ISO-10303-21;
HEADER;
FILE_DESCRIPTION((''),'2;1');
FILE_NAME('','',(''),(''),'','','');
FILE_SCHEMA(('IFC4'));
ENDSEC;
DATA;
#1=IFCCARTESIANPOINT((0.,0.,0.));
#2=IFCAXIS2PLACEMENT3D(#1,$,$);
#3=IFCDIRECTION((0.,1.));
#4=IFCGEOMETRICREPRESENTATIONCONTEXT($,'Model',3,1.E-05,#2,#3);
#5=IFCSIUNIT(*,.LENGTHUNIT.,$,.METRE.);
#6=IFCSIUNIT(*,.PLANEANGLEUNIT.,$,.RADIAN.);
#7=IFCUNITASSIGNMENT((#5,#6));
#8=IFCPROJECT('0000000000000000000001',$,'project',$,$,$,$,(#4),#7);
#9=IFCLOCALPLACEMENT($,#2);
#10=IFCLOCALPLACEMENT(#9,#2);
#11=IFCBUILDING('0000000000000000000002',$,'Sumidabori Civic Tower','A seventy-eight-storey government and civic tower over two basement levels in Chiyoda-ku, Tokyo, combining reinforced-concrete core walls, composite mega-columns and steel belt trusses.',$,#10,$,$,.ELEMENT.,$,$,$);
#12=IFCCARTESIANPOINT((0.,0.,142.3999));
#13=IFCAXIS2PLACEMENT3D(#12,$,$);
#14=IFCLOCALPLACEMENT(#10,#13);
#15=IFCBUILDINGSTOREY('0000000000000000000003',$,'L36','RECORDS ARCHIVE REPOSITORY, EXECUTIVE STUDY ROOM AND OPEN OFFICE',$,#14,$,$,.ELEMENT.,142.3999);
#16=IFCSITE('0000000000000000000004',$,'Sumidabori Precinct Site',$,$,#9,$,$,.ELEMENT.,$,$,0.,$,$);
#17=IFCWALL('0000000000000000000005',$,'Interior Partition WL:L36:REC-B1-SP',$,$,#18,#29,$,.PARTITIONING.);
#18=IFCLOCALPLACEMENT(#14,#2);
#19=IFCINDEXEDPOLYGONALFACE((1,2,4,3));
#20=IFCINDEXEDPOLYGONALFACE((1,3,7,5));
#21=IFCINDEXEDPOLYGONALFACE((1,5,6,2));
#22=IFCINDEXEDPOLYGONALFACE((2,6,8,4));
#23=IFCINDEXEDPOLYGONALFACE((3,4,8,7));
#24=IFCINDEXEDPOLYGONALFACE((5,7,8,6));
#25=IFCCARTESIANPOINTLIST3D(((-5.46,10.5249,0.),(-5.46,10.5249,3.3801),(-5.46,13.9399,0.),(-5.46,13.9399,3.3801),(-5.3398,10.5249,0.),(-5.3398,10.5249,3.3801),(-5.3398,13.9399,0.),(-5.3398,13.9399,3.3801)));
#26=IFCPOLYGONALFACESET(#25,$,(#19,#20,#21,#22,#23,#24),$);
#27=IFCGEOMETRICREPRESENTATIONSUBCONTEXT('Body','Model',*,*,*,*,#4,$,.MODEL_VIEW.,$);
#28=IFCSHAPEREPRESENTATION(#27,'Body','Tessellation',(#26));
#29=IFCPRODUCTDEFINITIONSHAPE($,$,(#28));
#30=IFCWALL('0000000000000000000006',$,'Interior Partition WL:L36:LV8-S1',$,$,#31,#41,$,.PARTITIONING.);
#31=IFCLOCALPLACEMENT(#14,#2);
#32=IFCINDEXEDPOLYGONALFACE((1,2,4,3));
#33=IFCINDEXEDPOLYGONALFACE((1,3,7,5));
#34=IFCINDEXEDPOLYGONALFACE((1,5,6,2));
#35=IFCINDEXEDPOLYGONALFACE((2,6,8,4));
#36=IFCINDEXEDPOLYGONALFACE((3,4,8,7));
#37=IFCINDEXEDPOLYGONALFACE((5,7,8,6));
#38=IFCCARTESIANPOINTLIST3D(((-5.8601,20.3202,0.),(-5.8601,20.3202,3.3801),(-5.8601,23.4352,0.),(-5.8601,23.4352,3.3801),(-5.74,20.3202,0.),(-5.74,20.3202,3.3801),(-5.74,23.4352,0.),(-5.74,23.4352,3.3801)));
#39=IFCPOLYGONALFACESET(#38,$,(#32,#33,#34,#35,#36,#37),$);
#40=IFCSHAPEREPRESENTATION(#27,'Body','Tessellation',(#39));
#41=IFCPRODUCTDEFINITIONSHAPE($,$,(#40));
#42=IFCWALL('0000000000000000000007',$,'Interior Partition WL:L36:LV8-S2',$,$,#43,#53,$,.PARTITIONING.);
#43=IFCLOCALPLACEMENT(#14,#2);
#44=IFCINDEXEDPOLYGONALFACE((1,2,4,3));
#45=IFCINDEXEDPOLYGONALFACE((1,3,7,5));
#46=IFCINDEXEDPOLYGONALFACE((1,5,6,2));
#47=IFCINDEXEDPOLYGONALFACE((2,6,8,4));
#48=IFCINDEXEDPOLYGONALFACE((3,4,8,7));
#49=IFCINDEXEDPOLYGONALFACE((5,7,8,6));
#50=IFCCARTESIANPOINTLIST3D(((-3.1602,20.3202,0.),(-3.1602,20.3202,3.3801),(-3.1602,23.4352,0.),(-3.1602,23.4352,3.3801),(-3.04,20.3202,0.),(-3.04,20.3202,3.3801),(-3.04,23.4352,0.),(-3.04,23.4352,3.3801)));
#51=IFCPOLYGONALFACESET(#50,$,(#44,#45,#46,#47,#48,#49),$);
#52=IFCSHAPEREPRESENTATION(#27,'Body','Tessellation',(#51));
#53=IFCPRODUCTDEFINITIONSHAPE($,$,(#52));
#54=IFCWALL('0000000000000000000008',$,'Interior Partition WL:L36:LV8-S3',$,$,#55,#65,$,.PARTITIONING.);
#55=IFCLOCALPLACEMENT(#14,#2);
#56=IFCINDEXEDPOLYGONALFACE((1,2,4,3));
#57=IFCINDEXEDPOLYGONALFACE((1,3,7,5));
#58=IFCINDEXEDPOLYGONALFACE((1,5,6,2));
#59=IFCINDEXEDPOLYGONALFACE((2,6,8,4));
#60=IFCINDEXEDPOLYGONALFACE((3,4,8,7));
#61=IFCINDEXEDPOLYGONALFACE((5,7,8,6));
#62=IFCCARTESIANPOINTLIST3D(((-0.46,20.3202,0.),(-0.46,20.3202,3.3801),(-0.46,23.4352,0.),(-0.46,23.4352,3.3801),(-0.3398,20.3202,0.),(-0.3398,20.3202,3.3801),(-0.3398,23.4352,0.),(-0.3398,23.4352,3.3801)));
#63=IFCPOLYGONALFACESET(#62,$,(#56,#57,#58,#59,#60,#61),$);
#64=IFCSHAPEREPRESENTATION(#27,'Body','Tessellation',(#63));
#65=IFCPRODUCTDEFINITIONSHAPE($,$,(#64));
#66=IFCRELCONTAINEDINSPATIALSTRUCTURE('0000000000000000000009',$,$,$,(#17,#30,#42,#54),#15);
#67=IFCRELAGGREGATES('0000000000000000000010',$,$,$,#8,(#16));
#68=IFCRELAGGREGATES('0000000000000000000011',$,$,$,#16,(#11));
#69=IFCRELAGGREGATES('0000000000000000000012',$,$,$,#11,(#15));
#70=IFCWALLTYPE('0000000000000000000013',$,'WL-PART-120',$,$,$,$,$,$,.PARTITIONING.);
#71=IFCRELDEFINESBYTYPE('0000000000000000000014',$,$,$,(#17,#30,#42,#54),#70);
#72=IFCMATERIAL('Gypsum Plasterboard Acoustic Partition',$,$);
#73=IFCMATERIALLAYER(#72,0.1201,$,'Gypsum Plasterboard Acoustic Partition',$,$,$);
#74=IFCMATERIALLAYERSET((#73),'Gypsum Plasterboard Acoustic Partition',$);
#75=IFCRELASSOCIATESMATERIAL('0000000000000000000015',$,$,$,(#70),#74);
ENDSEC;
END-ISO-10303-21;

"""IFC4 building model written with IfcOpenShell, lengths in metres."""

from ifc_helpers import new_model, si_unit, direction, frame, frame_2d, origin, place, context, subcontext, project, spatial, rectangle, extrude, source, transform, mapped, material, layer, layer_set, type_object, element, save


model = new_model("IFC4")

# Units and contexts
model_context = context("Model", 3, precision=1e-05, world=origin(), true_north=direction((0.0, 1.0)))
body_context = subcontext(model_context, "Body", "Model", "MODEL_VIEW")
ifc_project = project(units=[si_unit("LENGTHUNIT", "METRE"), si_unit("PLANEANGLEUNIT", "RADIAN")], contexts=[model_context])

# Site, building, storey
site_placement = place(None, origin())
site = spatial("IfcSite", under=ifc_project, at=site_placement, Name="Sumidabori Precinct Site", CompositionType="ELEMENT", RefElevation=0.0)
building_placement = place(site_placement, origin())
building = spatial("IfcBuilding", under=site, at=building_placement, Name="Sumidabori Civic Tower", Description="A seventy-eight-storey government and civic tower over two basement levels in Chiyoda-ku, Tokyo, combining reinforced-concrete core walls, composite mega-columns and steel belt trusses.", CompositionType="ELEMENT")
storey_placement = place(building_placement, frame((0.0, 0.0, 142.3999)))
storey = spatial("IfcBuildingStorey", under=building, at=storey_placement, Name="L36", Description="RECORDS ARCHIVE REPOSITORY, EXECUTIVE STUDY ROOM AND OPEN OFFICE", CompositionType="ELEMENT", Elevation=142.3999)

# Shared definitions
ifc_material_1 = material(Name="Gypsum Plasterboard Acoustic Partition")

# Walls
ifc_layer_1 = layer(ifc_material_1, 0.1201, Name="Gypsum Plasterboard Acoustic Partition")
ifc_layer_set_1 = layer_set([ifc_layer_1], Name="Gypsum Plasterboard Acoustic Partition")
wall_type_1 = type_object("IfcWallType", Name="WL-PART-120", PredefinedType="PARTITIONING", material=ifc_layer_set_1)
shared_shape_1 = source(origin(), body_context, "Body", "SweptSolid", [
    extrude(rectangle(XDim=3.415, YDim=0.1201, at=frame_2d((1.7075, 0.0))), origin(), (0.0, 0.0, 1.0), 3.3801),
])
wall_1_placement = place(storey_placement, frame((-5.3999, 10.5249, 0.0), z_axis=(0.0, 0.0, 1.0), x_axis=(0.0, 1.0, 0.0)))
element("IfcWall", 1, at=wall_1_placement, inside=storey, type_object=wall_type_1, Name="Interior Partition WL:L36:REC-B1-SP", PredefinedType="PARTITIONING", context=body_context, shape_type="MappedRepresentation", body=[
    mapped(shared_shape_1, transform((0.0, 0.0, 0.0), x_axis=(1.0, 0.0, 0.0), y_axis=(0.0, 1.0, 0.0), z_axis=(0.0, 0.0, 1.0), scale=1.0)),
])
shared_shape_2 = source(origin(), body_context, "Body", "SweptSolid", [
    extrude(rectangle(XDim=3.115, YDim=0.1201, at=frame_2d((1.5576, 0.0))), origin(), (0.0, 0.0, 1.0), 3.3801),
])
for number, where, z_axis, x_axis, name in (
    (2, (-5.8, 20.3201, 0.0), (0.0, 0.0, 1.0), (0.0, 1.0, 0.0), "Interior Partition WL:L36:LV8-S1"),
    (3, (-3.1001, 20.3201, 0.0), (0.0, 0.0, 1.0), (0.0, 1.0, 0.0), "Interior Partition WL:L36:LV8-S2"),
    (4, (-0.3999, 20.3201, 0.0), (0.0, 0.0, 1.0), (0.0, 1.0, 0.0), "Interior Partition WL:L36:LV8-S3"),
):
    element("IfcWall", number, at=place(storey_placement, frame(where, z_axis=z_axis, x_axis=x_axis)), inside=storey, type_object=wall_type_1, Name=name, PredefinedType="PARTITIONING", context=body_context, shape_type="MappedRepresentation", body=[
        mapped(shared_shape_2, transform((0.0, 0.0, 0.0), x_axis=(1.0, 0.0, 0.0), y_axis=(0.0, 1.0, 0.0), z_axis=(0.0, 0.0, 1.0), scale=1.0)),
    ])

save(model, "model.ifc")
